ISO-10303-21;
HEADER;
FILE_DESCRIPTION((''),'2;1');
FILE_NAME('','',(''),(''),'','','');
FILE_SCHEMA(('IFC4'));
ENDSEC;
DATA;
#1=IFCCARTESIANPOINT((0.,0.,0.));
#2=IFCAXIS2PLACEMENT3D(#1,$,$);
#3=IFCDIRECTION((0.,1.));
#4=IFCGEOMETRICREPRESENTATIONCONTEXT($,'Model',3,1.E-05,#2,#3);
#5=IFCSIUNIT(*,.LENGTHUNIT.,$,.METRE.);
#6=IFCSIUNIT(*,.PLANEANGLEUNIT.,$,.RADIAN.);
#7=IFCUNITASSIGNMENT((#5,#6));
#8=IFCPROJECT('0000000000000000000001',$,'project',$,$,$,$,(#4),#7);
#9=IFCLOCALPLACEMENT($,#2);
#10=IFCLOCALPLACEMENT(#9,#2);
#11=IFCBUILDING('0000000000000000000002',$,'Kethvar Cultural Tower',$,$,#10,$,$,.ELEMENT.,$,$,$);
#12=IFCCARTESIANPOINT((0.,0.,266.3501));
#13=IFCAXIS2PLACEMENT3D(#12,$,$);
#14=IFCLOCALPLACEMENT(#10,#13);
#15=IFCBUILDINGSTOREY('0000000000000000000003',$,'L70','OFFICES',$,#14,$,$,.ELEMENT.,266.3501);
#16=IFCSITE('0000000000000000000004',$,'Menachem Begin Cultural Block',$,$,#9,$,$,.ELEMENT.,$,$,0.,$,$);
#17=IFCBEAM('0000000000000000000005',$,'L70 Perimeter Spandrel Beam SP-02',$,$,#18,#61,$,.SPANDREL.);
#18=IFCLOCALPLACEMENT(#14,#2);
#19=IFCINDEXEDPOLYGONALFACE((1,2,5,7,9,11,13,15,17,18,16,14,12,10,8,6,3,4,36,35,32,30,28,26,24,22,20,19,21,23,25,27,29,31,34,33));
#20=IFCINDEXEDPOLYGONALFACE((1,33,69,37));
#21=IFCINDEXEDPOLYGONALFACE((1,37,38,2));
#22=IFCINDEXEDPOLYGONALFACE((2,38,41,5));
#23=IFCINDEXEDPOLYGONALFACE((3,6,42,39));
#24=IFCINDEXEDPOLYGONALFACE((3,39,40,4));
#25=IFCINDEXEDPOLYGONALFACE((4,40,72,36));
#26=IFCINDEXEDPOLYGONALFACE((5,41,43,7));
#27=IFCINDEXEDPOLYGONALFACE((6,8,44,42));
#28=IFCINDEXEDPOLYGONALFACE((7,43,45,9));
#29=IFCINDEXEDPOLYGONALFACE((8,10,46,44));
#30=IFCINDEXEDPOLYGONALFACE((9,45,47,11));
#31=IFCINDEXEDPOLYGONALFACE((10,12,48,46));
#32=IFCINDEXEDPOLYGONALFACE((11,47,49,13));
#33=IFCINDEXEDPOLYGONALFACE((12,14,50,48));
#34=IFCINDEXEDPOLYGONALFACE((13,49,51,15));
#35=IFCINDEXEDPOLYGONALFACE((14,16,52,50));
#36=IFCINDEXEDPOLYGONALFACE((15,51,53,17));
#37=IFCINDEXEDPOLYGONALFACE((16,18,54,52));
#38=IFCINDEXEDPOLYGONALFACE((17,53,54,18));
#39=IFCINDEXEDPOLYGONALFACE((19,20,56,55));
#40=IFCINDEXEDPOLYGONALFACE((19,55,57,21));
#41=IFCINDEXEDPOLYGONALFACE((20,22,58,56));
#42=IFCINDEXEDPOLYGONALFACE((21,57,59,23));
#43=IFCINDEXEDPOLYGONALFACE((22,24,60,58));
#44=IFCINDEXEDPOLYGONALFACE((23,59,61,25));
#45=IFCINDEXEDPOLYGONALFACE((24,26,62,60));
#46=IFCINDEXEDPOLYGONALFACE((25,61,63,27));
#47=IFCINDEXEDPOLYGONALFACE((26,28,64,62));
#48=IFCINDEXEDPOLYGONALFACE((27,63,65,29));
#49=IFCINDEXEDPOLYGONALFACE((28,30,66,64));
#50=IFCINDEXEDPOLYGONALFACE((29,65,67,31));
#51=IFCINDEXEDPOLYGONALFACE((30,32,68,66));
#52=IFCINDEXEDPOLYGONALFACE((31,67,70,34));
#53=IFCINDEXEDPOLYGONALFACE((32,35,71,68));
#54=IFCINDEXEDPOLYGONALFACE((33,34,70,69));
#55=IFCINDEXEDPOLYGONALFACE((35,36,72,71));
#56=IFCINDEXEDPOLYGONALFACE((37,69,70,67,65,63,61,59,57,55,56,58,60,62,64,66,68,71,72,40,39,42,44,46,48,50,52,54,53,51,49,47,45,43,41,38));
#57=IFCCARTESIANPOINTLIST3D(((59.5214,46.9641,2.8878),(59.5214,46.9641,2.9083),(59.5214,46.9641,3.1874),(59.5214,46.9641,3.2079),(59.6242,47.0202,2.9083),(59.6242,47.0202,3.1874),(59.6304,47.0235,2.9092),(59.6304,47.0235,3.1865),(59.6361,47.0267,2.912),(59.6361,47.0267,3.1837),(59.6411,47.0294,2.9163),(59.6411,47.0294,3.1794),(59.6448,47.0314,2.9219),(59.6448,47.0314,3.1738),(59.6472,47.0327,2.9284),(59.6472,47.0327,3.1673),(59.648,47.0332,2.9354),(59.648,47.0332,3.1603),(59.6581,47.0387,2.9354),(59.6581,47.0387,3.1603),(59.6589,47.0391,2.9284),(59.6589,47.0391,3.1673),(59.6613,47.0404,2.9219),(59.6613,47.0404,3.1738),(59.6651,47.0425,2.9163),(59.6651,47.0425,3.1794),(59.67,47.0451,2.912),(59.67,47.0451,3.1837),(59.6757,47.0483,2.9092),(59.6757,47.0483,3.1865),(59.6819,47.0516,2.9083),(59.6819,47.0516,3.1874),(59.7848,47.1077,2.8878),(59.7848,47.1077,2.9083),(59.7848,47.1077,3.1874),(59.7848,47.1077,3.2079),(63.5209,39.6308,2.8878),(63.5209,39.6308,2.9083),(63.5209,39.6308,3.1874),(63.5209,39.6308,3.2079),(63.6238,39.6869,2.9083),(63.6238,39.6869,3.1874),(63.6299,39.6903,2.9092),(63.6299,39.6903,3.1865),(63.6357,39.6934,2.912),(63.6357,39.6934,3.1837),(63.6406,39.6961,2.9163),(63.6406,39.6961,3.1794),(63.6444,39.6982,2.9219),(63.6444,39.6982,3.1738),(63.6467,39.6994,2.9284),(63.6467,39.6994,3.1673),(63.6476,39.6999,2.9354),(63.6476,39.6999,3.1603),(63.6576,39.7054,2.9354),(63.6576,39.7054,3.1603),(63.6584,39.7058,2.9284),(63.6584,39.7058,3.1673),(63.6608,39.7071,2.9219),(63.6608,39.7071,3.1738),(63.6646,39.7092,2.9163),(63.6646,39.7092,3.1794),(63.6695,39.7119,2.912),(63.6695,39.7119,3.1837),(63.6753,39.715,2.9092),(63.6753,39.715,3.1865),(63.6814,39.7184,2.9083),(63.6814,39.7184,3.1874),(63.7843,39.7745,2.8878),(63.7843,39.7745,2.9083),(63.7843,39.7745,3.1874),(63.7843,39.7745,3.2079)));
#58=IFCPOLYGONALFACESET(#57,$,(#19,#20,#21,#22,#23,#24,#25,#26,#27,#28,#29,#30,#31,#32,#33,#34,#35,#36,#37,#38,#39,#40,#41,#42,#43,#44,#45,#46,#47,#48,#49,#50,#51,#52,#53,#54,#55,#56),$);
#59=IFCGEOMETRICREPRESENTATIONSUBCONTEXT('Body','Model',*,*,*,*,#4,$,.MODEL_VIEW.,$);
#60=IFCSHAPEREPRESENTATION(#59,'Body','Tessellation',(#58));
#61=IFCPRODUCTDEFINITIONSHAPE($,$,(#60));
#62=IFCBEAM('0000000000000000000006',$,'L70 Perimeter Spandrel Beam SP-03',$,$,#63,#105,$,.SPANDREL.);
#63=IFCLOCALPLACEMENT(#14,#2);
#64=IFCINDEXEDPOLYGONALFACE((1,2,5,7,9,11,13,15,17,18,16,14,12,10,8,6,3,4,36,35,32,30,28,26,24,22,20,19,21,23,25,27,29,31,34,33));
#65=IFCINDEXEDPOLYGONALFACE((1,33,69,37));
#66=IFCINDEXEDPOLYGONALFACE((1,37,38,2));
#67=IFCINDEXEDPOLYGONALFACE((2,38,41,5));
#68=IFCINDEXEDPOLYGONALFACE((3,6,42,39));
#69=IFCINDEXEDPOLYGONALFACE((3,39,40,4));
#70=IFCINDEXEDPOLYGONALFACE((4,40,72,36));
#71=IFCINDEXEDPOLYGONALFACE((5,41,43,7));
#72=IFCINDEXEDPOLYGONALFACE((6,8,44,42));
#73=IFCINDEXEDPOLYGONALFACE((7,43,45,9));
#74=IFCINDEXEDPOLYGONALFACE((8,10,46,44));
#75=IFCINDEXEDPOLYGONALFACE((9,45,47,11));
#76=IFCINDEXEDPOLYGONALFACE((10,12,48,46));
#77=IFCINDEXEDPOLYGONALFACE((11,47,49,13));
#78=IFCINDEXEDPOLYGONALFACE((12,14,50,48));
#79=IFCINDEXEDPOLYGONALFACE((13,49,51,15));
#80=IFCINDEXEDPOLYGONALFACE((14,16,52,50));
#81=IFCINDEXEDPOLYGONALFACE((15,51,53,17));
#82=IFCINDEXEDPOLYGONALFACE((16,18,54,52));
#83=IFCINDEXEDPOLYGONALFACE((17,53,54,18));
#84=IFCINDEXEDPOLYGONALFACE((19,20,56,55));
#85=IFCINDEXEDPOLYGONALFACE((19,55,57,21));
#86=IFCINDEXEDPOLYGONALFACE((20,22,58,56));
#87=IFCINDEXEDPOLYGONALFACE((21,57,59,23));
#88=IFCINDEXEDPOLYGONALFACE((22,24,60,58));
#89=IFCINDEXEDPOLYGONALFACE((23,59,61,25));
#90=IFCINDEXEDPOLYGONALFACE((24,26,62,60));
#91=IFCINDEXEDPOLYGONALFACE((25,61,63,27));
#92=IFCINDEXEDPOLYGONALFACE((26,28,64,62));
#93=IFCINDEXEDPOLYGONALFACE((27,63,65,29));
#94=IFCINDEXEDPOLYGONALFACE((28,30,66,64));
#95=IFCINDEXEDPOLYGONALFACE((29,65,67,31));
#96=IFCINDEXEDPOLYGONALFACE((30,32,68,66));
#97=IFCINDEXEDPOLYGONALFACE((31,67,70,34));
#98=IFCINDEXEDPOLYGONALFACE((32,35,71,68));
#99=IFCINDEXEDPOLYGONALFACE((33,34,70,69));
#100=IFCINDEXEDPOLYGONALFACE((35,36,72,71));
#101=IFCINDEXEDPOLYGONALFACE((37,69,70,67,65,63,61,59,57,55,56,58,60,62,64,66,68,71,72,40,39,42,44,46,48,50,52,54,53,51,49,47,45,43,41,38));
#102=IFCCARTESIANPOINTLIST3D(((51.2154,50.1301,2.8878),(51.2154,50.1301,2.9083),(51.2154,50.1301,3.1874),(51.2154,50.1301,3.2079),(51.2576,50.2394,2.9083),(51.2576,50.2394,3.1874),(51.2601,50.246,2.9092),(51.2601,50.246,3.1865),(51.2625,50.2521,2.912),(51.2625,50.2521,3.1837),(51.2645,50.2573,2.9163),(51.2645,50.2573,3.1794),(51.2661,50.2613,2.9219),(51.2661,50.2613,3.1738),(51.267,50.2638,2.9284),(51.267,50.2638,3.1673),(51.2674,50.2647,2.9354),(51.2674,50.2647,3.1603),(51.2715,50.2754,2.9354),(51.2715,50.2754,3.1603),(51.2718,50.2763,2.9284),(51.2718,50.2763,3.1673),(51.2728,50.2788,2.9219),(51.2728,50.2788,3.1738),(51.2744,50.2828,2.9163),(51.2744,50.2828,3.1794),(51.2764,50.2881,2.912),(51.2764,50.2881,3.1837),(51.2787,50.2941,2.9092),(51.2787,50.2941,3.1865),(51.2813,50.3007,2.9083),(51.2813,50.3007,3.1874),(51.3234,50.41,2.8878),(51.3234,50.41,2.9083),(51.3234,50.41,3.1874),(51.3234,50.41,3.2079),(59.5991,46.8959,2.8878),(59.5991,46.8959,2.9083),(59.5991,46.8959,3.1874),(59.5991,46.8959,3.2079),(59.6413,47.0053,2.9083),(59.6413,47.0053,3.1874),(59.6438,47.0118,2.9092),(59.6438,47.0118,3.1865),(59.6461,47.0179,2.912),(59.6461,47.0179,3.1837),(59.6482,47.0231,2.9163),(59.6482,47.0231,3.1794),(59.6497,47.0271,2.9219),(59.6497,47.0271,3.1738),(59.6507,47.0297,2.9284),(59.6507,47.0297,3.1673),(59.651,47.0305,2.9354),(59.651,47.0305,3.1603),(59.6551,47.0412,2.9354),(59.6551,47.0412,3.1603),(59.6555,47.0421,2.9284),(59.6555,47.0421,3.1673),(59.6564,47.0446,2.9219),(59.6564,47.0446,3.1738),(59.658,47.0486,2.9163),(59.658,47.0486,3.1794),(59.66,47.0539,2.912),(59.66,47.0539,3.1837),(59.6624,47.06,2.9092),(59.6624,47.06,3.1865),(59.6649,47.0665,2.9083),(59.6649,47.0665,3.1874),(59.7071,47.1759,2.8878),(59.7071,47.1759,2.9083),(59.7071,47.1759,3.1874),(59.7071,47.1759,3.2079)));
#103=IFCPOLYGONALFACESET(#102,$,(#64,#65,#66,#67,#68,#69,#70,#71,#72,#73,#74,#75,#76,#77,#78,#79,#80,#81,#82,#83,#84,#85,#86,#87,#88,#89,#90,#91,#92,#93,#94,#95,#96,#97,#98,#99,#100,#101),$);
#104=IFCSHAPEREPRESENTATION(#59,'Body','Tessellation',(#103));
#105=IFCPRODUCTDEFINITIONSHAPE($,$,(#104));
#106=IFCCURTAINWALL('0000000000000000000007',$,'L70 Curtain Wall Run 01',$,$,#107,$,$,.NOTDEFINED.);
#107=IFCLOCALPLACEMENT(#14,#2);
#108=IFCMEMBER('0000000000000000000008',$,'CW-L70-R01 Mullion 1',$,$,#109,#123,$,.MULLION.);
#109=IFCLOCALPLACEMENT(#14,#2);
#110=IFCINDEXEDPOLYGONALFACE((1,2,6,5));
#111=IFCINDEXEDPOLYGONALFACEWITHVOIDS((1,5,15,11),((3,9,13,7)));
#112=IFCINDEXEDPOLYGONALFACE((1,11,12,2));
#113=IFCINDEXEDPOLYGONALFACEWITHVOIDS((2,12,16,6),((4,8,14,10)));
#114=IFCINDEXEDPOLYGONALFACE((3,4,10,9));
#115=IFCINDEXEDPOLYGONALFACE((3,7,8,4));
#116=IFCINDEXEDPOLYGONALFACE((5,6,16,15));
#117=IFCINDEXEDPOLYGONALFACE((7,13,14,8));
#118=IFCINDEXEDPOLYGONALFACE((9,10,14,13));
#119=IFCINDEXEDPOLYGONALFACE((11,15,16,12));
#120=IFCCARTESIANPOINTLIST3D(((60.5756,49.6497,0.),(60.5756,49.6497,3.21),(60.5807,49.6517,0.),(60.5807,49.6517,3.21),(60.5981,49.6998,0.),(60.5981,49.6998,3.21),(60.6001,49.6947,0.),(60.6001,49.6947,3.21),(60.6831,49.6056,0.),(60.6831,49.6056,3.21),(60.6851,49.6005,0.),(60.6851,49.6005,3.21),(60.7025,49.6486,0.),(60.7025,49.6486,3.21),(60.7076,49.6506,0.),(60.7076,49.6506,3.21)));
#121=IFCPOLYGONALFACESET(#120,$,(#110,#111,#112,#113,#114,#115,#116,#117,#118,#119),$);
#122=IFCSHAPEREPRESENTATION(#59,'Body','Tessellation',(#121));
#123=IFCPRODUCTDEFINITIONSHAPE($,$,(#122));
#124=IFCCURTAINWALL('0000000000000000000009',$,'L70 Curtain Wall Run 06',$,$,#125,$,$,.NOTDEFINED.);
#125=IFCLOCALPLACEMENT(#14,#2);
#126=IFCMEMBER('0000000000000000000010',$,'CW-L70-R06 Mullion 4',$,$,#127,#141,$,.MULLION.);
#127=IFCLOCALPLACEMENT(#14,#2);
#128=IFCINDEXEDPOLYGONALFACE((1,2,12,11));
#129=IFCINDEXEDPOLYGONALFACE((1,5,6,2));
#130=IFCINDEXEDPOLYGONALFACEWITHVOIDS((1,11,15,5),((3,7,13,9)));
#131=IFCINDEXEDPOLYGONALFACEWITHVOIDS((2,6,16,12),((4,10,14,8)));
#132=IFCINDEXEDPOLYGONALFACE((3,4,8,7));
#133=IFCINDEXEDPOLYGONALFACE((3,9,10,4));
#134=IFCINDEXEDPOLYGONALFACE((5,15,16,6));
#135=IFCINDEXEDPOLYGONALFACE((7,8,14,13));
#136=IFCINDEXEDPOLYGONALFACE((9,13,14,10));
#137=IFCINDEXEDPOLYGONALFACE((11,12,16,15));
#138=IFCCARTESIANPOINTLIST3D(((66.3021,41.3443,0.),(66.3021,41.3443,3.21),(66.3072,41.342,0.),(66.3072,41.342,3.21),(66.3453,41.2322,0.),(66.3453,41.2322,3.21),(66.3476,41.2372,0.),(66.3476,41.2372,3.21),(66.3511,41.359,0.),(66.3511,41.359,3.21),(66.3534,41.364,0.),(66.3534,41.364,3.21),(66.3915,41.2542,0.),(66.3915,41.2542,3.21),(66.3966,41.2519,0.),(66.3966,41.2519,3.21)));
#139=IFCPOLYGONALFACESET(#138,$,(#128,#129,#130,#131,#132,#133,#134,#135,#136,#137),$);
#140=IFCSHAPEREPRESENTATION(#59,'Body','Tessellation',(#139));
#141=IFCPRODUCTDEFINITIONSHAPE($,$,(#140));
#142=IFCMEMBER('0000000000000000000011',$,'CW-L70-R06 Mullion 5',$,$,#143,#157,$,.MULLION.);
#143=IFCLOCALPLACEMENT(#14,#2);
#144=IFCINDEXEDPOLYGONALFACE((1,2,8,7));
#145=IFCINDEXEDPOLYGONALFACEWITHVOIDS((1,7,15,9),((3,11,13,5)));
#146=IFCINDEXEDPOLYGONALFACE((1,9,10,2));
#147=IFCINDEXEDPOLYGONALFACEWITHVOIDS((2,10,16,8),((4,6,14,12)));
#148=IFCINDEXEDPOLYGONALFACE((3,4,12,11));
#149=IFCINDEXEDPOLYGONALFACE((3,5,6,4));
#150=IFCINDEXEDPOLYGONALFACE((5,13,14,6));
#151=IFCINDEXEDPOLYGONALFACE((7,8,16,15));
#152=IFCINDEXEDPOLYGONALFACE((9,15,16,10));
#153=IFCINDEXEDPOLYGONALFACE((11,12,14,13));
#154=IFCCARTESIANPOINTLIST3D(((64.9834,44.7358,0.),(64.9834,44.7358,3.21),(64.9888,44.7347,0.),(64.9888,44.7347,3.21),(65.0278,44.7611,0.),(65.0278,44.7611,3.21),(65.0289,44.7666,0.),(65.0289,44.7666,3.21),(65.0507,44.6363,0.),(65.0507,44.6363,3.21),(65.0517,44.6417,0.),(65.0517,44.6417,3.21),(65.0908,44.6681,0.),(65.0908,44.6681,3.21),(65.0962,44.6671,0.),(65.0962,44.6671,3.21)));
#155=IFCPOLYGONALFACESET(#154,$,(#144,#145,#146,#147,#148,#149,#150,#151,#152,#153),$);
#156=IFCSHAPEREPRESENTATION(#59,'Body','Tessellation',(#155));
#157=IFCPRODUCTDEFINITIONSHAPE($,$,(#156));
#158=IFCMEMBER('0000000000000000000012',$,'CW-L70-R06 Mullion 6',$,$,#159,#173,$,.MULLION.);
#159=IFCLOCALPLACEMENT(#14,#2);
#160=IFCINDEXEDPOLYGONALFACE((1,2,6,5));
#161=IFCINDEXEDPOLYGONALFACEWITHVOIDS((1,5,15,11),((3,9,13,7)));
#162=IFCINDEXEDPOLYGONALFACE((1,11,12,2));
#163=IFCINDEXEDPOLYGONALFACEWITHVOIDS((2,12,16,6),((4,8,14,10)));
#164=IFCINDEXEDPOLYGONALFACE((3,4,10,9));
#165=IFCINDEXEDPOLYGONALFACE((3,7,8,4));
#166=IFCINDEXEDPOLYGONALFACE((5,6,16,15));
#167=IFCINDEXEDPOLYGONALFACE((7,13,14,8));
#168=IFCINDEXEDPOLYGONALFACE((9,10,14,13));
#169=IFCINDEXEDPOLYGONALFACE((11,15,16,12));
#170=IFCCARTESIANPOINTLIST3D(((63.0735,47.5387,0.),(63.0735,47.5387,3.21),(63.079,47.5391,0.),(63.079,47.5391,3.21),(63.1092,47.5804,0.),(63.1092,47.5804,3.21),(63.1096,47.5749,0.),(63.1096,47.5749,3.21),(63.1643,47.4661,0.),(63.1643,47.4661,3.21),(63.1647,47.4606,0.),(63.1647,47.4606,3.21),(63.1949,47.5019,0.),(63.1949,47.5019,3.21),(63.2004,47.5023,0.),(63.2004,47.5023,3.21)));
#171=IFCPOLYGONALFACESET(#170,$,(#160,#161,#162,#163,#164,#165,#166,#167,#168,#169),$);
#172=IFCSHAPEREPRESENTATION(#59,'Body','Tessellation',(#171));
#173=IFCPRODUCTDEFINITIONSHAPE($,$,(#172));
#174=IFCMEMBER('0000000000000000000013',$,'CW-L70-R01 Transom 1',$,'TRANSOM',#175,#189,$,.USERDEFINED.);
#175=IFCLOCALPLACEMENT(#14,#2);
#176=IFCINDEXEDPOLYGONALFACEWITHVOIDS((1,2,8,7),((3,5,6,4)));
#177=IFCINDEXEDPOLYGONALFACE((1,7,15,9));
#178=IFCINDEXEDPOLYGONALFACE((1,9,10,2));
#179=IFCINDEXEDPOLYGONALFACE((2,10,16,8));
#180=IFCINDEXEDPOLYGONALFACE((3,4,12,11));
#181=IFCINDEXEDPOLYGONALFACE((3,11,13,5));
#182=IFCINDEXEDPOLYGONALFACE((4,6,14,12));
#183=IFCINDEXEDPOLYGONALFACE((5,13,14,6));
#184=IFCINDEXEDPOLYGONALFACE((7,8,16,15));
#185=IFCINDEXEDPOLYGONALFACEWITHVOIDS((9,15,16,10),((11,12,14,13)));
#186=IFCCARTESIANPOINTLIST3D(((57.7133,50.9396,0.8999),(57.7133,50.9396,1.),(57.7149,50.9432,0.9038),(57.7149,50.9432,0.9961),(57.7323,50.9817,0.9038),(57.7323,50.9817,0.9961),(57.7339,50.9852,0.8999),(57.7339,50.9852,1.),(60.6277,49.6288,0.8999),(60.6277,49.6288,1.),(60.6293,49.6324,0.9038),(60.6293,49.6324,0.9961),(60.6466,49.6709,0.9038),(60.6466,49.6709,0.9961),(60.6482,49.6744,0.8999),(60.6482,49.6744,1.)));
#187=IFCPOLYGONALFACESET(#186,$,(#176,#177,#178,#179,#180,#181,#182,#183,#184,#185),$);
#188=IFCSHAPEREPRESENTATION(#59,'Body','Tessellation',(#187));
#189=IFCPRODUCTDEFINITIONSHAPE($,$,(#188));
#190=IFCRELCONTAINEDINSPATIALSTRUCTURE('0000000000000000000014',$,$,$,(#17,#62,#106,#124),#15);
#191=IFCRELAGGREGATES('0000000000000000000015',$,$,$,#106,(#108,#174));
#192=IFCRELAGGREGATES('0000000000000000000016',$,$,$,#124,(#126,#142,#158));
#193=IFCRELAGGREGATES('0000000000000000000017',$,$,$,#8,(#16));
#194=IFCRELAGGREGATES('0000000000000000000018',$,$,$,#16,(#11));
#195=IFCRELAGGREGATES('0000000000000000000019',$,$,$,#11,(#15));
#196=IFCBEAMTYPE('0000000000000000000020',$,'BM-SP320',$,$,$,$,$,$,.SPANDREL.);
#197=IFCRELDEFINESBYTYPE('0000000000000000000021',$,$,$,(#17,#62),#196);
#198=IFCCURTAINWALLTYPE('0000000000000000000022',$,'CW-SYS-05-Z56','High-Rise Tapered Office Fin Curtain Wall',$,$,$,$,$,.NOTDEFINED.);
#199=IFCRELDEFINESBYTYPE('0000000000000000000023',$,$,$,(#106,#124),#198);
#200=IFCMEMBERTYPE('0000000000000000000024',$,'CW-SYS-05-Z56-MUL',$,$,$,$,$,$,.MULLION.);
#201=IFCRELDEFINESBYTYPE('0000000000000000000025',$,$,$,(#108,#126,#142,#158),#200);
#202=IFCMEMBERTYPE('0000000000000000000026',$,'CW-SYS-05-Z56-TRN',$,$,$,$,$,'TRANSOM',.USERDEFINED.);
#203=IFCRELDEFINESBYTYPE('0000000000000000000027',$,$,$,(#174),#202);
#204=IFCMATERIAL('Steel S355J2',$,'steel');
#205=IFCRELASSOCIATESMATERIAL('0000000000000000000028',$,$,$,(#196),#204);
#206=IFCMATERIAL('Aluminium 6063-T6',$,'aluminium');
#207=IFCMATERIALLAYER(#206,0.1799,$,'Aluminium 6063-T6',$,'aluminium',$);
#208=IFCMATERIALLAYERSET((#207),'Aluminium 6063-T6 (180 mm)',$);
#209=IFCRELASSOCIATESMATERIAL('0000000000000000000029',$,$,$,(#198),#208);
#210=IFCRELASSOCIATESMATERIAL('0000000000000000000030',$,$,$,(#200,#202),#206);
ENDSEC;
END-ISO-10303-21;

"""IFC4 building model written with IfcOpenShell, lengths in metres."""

from ifc_helpers import new_model, si_unit, direction, frame, origin, origin_2d, place, context, subcontext, project, spatial, hollow_rectangle, i_section, extrude, source, transform, mapped, material, layer, layer_set, material_profile, profile_set, type_object, element, aggregate, save


model = new_model("IFC4")

# Units and contexts
model_context = context("Model", 3, precision=1e-05, world=origin(), true_north=direction((0.0, 1.0)))
body_context = subcontext(model_context, "Body", "Model", "MODEL_VIEW")
ifc_project = project(units=[si_unit("LENGTHUNIT", "METRE"), si_unit("PLANEANGLEUNIT", "RADIAN")], contexts=[model_context])

# Site, building, storey
site_placement = place(None, origin())
site = spatial("IfcSite", under=ifc_project, at=site_placement, Name="Menachem Begin Cultural Block", CompositionType="ELEMENT", RefElevation=0.0)
building_placement = place(site_placement, origin())
building = spatial("IfcBuilding", under=site, at=building_placement, Name="Kethvar Cultural Tower", CompositionType="ELEMENT")
storey_placement = place(building_placement, frame((0.0, 0.0, 266.3501)))
storey = spatial("IfcBuildingStorey", under=building, at=storey_placement, Name="L70", Description="OFFICES", CompositionType="ELEMENT", Elevation=266.3501)

# Beams
ifc_material_1 = material(Name="Steel S355J2", Category="steel")
ifc_material_profile_1 = material_profile(ifc_material_1, i_section(OverallWidth=0.3, OverallDepth=0.3201, WebThickness=0.0115, FlangeThickness=0.0205, FilletRadius=0.0271, at=origin_2d()), Name="Steel S355J2 — HEB320")
ifc_profile_set_1 = profile_set([ifc_material_profile_1], Name="Steel S355J2 — HEB320")
beam_type = type_object("IfcBeamType", Name="BM-SP320", PredefinedType="SPANDREL", material=ifc_profile_set_1)
shared_shape_1 = source(origin(), body_context, "Body", "SweptSolid", [
    extrude(i_section(OverallWidth=0.3, OverallDepth=0.3201, WebThickness=0.0115, FlangeThickness=0.0205, FilletRadius=0.0271, at=origin_2d()), origin(), (0.0, 0.0, 1.0), 8.353),
])
beam_1_placement = place(storey_placement, frame((63.6526, 39.7026, 3.0479), z_axis=(-0.478811, 0.877918, 0.0), x_axis=(-0.877918, -0.478811, 0.0)))
element("IfcBeam", 1, at=beam_1_placement, inside=storey, type_object=beam_type, Name="L70 Perimeter Spandrel Beam SP-02", PredefinedType="SPANDREL", context=body_context, shape_type="MappedRepresentation", body=[
    mapped(shared_shape_1, transform((0.0, 0.0, 0.0), scale=1.0)),
])
shared_shape_2 = source(origin(), body_context, "Body", "SweptSolid", [
    extrude(i_section(OverallWidth=0.3, OverallDepth=0.3201, WebThickness=0.0115, FlangeThickness=0.0205, FilletRadius=0.0271, at=origin_2d()), origin(), (0.0, 0.0, 1.0), 8.9858),
])
beam_2_placement = place(storey_placement, frame((59.6531, 47.0359, 3.0479), z_axis=(-0.932984, 0.359918, 0.0), x_axis=(-0.359918, -0.932984, 0.0)))
element("IfcBeam", 2, at=beam_2_placement, inside=storey, type_object=beam_type, Name="L70 Perimeter Spandrel Beam SP-03", PredefinedType="SPANDREL", context=body_context, shape_type="MappedRepresentation", body=[
    mapped(shared_shape_2, transform((0.0, 0.0, 0.0), scale=1.0)),
])

# Curtain wall, member
ifc_material_2 = material(Name="Aluminium 6063-T6", Category="aluminium")
ifc_layer_1 = layer(ifc_material_2, 0.1799, Name="Aluminium 6063-T6", Category="aluminium")
ifc_layer_set_1 = layer_set([ifc_layer_1], Name="Aluminium 6063-T6 (180 mm)")
curtain_wall_type = type_object("IfcCurtainWallType", Name="CW-SYS-05-Z56", Description="High-Rise Tapered Office Fin Curtain Wall", PredefinedType="NOTDEFINED", material=ifc_layer_set_1)
curtain_wall_1_placement = place(storey_placement, origin())
curtain_wall_1 = element("IfcCurtainWall", 3, at=curtain_wall_1_placement, inside=storey, type_object=curtain_wall_type, Name="L70 Curtain Wall Run 01", PredefinedType="NOTDEFINED")
ifc_material_profile_2 = material_profile(ifc_material_2, hollow_rectangle(XDim=0.0549, YDim=0.1201, WallThickness=0.0039, at=origin_2d()), Name="Aluminium 6063-T6 — RHS120x55x4")
ifc_profile_set_2 = profile_set([ifc_material_profile_2], Name="Aluminium 6063-T6 — RHS120x55x4")
member_type_1 = type_object("IfcMemberType", Name="CW-SYS-05-Z56-MUL", PredefinedType="MULLION", material=ifc_profile_set_2)
shared_shape_3 = source(origin(), body_context, "Body", "SweptSolid", [
    extrude(hollow_rectangle(XDim=0.0549, YDim=0.1201, WallThickness=0.0039, at=origin_2d()), origin(), (0.0, 0.0, 1.0), 3.21),
])
member_1_placement = place(storey_placement, frame((60.6416, 49.6501, 0.0), z_axis=(0.0, 0.0, 1.0), x_axis=(-0.41021, -0.911991, 0.0)))
member_1 = element("IfcMember", 4, at=member_1_placement, type_object=member_type_1, Name="CW-L70-R01 Mullion 1", PredefinedType="MULLION", context=body_context, shape_type="MappedRepresentation", body=[
    mapped(shared_shape_3, transform((0.0, 0.0, 0.0), scale=1.0)),
])

# Curtain wall, members
curtain_wall_2_placement = place(storey_placement, origin())
curtain_wall_2 = element("IfcCurtainWall", 5, at=curtain_wall_2_placement, inside=storey, type_object=curtain_wall_type, Name="L70 Curtain Wall Run 06", PredefinedType="NOTDEFINED")
member_2_placement = place(storey_placement, frame((66.3494, 41.2981, 0.0), z_axis=(0.0, 0.0, 1.0), x_axis=(-0.933041, -0.359769, 0.0)))
member_2 = element("IfcMember", 6, at=member_2_placement, type_object=member_type_1, Name="CW-L70-R06 Mullion 4", PredefinedType="MULLION", context=body_context, shape_type="MappedRepresentation", body=[
    mapped(shared_shape_3, transform((0.0, 0.0, 0.0), scale=1.0)),
])
member_3_placement = place(storey_placement, frame((65.0398, 44.7014, 0.0), z_axis=(0.0, 0.0, 1.0), x_axis=(-0.828266, -0.560335, 0.0)))
member_3 = element("IfcMember", 7, at=member_3_placement, type_object=member_type_1, Name="CW-L70-R06 Mullion 5", PredefinedType="MULLION", context=body_context, shape_type="MappedRepresentation", body=[
    mapped(shared_shape_3, transform((0.0, 0.0, 0.0), scale=1.0)),
])
member_4_placement = place(storey_placement, frame((63.137, 47.5205, 0.0), z_axis=(0.0, 0.0, 1.0), x_axis=(-0.650536, -0.759476, 0.0)))
member_4 = element("IfcMember", 8, at=member_4_placement, type_object=member_type_1, Name="CW-L70-R06 Mullion 6", PredefinedType="MULLION", context=body_context, shape_type="MappedRepresentation", body=[
    mapped(shared_shape_3, transform((0.0, 0.0, 0.0), scale=1.0)),
])

# Member
ifc_material_profile_3 = material_profile(ifc_material_2, hollow_rectangle(XDim=0.05, YDim=0.1001, WallThickness=0.0039, at=origin_2d()), Name="Aluminium 6063-T6 — RHS100x50x4")
ifc_profile_set_3 = profile_set([ifc_material_profile_3], Name="Aluminium 6063-T6 — RHS100x50x4")
member_type_2 = type_object("IfcMemberType", Name="CW-SYS-05-Z56-TRN", ElementType="TRANSOM", PredefinedType="USERDEFINED", material=ifc_profile_set_3)
shared_shape_4 = source(origin(), body_context, "Body", "SweptSolid", [
    extrude(hollow_rectangle(XDim=0.05, YDim=0.1001, WallThickness=0.0039, at=origin_2d()), origin(), (0.0, 0.0, 1.0), 3.1956),
])
member_5_placement = place(storey_placement, frame((60.6379, 49.6516, 0.95), z_axis=(-0.911997, 0.410196, 0.0), x_axis=(-0.410196, -0.911997, 0.0)))
member_5 = element("IfcMember", 9, at=member_5_placement, type_object=member_type_2, Name="CW-L70-R01 Transom 1", ObjectType="TRANSOM", PredefinedType="USERDEFINED", context=body_context, shape_type="MappedRepresentation", body=[
    mapped(shared_shape_4, transform((0.0, 0.0, 0.0), scale=1.0)),
])

aggregate(curtain_wall_1, [member_1, member_5])
aggregate(curtain_wall_2, [member_2, member_3, member_4])

save(model, "model.ifc")
